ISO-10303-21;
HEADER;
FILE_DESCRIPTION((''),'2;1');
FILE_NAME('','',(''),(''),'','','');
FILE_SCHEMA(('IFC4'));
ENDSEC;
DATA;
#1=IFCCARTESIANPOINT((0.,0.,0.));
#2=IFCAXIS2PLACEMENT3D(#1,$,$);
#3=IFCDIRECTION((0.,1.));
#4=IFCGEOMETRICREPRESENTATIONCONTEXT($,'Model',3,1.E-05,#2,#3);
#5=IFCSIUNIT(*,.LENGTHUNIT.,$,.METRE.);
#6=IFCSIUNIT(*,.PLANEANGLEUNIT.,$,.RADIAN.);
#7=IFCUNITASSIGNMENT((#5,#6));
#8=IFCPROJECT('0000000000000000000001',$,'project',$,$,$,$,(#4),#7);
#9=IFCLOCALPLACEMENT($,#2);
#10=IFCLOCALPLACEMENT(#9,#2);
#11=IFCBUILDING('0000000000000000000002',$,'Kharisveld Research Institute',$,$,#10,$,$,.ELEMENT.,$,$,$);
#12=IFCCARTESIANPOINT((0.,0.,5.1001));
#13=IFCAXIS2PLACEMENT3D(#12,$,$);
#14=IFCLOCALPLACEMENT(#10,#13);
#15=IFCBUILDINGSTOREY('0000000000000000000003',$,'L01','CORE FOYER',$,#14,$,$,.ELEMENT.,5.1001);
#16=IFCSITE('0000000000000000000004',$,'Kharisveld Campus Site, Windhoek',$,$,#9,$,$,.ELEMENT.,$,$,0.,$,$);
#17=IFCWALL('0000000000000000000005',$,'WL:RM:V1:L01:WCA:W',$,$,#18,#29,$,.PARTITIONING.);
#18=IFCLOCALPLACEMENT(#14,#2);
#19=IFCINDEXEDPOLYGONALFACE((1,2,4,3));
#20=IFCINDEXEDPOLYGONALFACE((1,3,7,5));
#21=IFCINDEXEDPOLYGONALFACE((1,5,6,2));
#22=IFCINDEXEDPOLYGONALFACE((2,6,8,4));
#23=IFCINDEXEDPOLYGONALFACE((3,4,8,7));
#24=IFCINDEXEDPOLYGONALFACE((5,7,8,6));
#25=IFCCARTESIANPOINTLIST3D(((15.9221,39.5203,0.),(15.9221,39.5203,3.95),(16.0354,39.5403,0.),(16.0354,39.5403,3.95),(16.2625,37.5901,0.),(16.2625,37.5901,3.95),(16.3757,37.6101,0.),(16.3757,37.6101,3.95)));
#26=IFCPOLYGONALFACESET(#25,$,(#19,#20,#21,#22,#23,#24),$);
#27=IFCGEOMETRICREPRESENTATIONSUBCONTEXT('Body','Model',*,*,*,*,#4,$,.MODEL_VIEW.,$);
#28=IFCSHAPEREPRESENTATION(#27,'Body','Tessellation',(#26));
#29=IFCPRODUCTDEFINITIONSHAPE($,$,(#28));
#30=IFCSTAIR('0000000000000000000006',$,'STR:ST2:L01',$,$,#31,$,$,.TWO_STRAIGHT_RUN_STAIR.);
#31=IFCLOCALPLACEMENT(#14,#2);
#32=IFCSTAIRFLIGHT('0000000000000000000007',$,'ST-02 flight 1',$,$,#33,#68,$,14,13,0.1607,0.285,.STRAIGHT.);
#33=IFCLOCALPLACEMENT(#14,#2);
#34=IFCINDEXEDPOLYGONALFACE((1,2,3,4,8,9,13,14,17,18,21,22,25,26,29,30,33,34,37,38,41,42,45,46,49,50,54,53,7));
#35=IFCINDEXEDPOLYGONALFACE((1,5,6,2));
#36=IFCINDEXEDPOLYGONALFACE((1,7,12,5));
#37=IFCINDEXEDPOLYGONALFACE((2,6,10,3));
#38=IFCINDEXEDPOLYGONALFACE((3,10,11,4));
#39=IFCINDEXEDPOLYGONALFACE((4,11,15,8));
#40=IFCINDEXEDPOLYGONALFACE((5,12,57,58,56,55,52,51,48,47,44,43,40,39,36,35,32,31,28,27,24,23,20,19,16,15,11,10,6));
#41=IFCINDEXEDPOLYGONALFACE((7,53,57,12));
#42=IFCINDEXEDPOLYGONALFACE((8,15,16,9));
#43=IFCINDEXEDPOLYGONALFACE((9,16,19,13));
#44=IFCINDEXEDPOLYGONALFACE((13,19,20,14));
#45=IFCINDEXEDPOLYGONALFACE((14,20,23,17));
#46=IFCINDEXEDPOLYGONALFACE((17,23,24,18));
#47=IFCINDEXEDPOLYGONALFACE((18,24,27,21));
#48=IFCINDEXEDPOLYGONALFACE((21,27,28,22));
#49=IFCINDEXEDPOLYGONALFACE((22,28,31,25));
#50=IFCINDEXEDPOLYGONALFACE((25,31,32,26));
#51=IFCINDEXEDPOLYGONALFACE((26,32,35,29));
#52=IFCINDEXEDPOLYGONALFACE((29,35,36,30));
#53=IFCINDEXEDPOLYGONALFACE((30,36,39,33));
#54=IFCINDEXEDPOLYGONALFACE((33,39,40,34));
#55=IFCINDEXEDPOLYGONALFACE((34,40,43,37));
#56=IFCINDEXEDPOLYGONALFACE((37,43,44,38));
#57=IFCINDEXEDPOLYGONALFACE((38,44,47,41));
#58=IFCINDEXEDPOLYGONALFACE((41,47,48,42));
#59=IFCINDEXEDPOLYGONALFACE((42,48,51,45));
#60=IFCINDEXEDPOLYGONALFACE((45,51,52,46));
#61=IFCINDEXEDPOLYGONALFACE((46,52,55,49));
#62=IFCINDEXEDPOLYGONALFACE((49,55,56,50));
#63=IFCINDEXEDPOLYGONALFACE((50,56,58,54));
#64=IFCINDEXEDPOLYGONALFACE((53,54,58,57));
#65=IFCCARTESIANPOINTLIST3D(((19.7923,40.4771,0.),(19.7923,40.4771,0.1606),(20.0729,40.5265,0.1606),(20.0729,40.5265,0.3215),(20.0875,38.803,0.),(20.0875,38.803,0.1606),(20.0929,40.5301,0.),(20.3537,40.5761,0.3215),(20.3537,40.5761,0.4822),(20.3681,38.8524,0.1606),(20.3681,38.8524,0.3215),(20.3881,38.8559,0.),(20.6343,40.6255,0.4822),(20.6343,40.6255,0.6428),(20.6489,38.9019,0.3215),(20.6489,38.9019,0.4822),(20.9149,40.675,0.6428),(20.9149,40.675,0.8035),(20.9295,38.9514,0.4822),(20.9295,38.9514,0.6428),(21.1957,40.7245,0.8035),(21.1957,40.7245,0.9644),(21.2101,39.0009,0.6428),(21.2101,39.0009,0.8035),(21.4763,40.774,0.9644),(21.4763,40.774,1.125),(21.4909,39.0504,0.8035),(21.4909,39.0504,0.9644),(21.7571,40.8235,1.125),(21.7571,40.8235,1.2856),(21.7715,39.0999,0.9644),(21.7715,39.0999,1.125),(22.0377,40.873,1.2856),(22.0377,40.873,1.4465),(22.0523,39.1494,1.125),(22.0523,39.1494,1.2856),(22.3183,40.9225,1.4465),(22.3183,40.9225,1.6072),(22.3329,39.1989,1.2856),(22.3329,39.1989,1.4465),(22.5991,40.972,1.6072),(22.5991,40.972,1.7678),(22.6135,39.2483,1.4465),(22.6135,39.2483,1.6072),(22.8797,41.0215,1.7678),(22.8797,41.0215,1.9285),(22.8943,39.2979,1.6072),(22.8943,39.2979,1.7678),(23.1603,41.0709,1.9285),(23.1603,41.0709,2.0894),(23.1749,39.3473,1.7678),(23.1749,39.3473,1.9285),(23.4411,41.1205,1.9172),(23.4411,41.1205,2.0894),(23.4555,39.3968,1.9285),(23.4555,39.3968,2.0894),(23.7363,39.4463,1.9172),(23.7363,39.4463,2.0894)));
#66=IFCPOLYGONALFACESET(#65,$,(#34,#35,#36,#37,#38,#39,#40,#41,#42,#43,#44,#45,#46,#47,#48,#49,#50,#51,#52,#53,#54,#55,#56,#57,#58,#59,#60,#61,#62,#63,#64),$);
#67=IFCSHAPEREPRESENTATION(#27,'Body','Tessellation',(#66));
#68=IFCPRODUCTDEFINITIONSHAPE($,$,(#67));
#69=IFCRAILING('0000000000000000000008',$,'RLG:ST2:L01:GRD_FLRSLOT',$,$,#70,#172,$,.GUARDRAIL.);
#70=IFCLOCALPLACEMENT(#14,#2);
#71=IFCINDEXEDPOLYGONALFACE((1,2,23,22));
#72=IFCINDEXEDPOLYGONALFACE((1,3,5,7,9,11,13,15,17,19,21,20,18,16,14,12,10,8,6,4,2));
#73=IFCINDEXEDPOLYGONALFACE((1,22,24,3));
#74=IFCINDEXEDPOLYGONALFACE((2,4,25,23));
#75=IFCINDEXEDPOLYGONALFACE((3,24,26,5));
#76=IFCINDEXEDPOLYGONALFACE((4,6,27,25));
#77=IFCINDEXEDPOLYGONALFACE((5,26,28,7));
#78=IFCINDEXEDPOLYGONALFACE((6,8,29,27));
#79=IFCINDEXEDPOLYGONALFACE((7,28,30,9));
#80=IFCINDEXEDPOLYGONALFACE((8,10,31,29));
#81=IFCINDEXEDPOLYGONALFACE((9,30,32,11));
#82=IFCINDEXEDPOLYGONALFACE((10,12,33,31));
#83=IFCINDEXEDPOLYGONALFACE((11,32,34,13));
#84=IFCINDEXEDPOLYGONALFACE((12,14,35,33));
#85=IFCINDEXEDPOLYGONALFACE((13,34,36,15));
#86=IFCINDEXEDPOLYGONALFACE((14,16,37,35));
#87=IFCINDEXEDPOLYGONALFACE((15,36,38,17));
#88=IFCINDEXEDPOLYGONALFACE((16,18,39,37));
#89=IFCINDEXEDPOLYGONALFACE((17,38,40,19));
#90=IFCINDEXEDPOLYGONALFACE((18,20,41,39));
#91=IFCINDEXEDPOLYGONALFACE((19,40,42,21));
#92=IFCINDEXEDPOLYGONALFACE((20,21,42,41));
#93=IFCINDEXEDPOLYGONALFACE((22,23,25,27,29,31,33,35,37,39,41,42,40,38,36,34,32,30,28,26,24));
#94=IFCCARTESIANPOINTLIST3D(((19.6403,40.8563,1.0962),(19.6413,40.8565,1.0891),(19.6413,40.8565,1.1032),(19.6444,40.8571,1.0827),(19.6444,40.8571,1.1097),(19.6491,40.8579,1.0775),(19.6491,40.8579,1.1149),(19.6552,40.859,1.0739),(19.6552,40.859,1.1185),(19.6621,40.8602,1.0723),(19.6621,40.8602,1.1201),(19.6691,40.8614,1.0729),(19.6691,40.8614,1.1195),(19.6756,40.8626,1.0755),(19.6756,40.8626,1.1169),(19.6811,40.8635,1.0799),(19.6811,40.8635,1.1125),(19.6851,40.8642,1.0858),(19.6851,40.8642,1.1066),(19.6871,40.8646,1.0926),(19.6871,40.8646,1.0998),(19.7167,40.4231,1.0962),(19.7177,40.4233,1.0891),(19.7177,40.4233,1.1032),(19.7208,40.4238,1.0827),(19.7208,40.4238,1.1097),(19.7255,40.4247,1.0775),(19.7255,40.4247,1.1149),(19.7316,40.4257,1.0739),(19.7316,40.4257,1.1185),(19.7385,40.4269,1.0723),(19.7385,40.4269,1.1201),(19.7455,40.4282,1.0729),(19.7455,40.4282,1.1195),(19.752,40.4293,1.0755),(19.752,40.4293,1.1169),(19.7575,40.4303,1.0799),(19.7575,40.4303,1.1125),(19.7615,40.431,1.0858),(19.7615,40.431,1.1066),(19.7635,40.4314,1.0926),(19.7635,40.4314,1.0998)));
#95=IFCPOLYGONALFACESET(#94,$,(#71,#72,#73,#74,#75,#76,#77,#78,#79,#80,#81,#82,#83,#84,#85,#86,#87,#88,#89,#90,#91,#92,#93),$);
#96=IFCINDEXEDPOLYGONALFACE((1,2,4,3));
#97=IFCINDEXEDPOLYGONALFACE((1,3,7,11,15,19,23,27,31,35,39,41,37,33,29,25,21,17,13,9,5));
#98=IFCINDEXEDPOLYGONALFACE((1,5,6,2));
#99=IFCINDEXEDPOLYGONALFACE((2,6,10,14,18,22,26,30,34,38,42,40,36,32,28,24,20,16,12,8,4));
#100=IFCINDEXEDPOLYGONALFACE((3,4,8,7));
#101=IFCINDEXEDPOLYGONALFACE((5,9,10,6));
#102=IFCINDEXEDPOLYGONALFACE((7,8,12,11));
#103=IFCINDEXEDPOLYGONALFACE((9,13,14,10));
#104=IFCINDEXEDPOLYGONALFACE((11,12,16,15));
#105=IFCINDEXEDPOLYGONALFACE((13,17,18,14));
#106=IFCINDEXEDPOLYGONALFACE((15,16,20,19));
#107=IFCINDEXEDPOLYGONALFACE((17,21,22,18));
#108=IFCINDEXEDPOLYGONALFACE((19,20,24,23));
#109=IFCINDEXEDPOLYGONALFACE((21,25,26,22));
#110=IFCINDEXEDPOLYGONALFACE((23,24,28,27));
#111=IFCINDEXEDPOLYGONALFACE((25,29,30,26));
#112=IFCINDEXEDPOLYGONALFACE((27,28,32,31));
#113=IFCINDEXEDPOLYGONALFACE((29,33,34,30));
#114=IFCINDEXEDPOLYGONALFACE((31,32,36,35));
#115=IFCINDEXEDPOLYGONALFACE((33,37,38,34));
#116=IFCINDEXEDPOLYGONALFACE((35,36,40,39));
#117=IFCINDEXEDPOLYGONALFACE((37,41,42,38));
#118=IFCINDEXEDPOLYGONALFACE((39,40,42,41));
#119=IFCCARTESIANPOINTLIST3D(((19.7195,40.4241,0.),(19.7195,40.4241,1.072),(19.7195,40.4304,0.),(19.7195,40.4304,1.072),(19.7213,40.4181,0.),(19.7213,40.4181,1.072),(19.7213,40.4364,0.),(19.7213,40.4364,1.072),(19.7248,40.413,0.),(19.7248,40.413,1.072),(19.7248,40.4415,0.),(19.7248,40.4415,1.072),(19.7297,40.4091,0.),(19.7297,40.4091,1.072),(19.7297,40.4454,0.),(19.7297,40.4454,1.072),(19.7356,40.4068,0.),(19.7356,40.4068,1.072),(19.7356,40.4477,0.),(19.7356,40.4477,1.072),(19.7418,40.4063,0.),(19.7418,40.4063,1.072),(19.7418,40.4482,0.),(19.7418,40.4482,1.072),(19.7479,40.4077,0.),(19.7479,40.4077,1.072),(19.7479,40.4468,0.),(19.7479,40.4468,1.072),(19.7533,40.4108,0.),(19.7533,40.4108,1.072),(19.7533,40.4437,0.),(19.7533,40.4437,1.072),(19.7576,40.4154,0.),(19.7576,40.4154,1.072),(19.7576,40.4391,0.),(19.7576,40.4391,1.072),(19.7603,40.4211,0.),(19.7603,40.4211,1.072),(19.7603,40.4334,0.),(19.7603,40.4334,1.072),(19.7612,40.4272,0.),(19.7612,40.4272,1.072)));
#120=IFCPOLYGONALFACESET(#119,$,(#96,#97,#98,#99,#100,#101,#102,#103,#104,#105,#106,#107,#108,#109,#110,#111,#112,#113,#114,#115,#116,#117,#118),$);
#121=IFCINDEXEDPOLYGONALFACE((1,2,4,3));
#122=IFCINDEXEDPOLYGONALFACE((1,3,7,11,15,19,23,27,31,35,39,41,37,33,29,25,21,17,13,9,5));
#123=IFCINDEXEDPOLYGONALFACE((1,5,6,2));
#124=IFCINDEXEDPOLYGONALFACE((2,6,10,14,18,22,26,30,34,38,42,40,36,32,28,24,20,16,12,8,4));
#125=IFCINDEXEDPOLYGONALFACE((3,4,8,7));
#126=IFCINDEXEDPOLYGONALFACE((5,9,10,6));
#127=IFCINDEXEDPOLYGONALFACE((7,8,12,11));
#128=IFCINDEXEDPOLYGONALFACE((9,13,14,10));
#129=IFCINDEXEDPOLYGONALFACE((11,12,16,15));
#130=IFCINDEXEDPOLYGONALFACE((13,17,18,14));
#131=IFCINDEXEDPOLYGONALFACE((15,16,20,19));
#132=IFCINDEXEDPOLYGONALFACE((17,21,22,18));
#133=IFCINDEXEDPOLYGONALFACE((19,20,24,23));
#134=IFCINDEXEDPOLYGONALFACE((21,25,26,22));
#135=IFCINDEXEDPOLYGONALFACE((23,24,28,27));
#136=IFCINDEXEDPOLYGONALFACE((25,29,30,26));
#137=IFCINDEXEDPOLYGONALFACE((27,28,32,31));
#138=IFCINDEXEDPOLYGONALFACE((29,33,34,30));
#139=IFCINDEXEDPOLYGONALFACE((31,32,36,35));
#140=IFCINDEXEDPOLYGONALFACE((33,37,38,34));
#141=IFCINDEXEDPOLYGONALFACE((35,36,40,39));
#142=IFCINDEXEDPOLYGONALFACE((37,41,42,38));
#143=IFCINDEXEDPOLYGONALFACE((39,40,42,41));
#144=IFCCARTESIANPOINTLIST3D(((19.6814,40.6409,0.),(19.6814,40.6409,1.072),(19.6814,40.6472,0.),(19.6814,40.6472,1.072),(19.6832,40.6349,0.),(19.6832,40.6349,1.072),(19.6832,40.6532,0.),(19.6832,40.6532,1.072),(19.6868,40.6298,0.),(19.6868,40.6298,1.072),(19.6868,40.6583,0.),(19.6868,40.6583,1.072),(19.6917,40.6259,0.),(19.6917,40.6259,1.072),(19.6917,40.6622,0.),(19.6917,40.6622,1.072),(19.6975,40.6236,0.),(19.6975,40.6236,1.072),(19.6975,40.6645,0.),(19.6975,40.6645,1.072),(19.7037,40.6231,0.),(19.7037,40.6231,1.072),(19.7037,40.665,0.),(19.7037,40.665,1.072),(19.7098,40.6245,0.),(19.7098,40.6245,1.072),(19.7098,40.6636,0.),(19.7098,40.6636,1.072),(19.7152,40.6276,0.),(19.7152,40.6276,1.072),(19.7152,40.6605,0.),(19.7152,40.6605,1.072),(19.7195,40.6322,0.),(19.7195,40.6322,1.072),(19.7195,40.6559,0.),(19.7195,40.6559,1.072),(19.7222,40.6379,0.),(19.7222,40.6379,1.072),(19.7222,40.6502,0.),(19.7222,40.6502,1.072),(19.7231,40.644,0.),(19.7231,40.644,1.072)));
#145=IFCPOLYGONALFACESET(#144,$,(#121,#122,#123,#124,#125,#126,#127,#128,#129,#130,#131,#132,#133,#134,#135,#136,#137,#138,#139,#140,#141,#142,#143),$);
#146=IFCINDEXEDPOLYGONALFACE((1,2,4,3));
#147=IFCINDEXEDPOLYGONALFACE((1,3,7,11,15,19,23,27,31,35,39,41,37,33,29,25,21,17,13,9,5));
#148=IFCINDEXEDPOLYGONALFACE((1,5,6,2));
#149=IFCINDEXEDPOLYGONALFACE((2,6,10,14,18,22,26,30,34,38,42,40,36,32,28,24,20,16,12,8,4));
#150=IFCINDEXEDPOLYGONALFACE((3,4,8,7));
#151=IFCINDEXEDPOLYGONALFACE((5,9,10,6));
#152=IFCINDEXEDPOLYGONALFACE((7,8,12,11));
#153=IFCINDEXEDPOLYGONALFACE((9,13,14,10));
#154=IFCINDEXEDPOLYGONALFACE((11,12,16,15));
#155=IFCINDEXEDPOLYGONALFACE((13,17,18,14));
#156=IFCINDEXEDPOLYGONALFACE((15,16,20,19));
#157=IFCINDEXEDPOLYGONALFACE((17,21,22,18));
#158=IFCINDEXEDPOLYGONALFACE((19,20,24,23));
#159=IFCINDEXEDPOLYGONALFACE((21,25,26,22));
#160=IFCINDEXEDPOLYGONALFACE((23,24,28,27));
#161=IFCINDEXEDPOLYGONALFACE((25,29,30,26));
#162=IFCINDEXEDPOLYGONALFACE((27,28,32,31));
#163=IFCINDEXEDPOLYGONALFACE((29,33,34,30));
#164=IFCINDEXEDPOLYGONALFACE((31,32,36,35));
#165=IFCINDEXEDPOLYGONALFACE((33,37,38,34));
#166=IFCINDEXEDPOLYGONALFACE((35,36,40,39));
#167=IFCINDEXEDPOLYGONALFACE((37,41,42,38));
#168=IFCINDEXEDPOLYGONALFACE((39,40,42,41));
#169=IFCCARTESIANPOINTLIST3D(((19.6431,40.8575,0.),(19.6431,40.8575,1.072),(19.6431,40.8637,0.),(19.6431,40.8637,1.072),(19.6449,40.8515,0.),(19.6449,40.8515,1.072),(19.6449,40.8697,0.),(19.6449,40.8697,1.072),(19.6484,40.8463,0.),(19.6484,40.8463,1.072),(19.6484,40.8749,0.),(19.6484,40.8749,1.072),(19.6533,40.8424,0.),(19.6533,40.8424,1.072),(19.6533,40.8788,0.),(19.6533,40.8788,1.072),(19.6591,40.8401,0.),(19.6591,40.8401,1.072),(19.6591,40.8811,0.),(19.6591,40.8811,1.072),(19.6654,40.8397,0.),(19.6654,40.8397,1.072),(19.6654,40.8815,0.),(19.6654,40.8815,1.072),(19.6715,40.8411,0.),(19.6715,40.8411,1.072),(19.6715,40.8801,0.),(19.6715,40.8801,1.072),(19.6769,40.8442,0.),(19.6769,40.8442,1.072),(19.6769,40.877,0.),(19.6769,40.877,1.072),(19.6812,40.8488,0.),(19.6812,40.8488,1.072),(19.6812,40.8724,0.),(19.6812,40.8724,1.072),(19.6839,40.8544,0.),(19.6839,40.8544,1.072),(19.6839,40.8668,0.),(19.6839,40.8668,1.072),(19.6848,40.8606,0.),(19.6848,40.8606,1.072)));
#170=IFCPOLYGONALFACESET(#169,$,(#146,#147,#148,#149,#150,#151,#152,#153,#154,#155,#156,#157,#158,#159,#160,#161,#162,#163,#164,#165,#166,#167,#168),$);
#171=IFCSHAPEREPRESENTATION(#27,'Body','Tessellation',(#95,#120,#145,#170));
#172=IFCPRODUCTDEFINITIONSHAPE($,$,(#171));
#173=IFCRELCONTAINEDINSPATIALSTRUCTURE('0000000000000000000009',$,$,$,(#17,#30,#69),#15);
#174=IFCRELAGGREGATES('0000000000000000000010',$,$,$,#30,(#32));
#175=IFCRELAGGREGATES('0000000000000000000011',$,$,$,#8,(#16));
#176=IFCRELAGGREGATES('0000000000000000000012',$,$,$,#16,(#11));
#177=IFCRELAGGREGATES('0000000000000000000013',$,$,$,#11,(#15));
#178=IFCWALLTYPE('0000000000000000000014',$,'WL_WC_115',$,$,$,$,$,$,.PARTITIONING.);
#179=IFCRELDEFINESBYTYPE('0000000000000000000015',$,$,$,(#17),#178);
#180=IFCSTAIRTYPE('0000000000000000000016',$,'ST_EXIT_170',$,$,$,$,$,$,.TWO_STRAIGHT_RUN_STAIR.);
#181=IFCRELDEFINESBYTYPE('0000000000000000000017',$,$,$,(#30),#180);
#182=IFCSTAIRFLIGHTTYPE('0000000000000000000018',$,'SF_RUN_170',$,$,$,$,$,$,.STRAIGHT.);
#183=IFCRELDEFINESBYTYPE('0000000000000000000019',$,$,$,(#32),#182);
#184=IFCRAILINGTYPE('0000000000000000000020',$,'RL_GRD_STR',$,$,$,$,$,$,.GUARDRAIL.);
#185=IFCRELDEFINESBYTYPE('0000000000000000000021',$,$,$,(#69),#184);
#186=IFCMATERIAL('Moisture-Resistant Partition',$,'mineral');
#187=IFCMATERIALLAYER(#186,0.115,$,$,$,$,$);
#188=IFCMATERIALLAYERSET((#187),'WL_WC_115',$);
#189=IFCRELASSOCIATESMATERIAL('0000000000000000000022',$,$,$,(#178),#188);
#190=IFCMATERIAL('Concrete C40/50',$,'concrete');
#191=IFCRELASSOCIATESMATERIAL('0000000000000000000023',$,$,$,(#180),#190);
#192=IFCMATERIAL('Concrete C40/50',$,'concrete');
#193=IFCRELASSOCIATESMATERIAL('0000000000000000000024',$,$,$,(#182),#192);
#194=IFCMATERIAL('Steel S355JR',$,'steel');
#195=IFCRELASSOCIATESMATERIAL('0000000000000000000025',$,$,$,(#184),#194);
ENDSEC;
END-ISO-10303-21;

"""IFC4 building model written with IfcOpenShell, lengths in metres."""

from ifc_helpers import new_model, si_unit, direction, frame, frame_2d, origin, origin_2d, place, context, subcontext, project, spatial, polyline, rectangle, circle, outline, extrude, material, layer, layer_set, type_object, element, aggregate, save


model = new_model("IFC4")

# Units and contexts
model_context = context("Model", 3, precision=1e-05, world=origin(), true_north=direction((0.0, 1.0)))
body_context = subcontext(model_context, "Body", "Model", "MODEL_VIEW")
ifc_project = project(units=[si_unit("LENGTHUNIT", "METRE"), si_unit("PLANEANGLEUNIT", "RADIAN")], contexts=[model_context])

# Site, building, storey
site_placement = place(None, origin())
site = spatial("IfcSite", under=ifc_project, at=site_placement, Name="Kharisveld Campus Site, Windhoek", CompositionType="ELEMENT", RefElevation=0.0)
building_placement = place(site_placement, origin())
building = spatial("IfcBuilding", under=site, at=building_placement, Name="Kharisveld Research Institute", CompositionType="ELEMENT")
storey_placement = place(building_placement, frame((0.0, 0.0, 5.1001)))
storey = spatial("IfcBuildingStorey", under=building, at=storey_placement, Name="L01", Description="CORE FOYER", CompositionType="ELEMENT", Elevation=5.1001)

# Shared definitions
ifc_material_1 = material(Name="Moisture-Resistant Partition", Category="mineral")
ifc_layer_1 = layer(ifc_material_1, 0.115)
ifc_layer_set_1 = layer_set([ifc_layer_1], Name="WL_WC_115")
wall_type_1 = type_object("IfcWallType", Name="WL_WC_115", PredefinedType="PARTITIONING", material=ifc_layer_set_1)

# Wall
wall_1_placement = place(storey_placement, frame((15.9788, 39.5303, 0.0), z_axis=(0.0, 0.0, 1.0), x_axis=(0.173643, -0.984809, 0.0)))
element("IfcWall", 1, at=wall_1_placement, inside=storey, type_object=wall_type_1, Name="WL:RM:V1:L01:WCA:W", PredefinedType="PARTITIONING", context=body_context, shape_type="SweptSolid", body=[
    extrude(rectangle(XDim=1.96, YDim=0.115, at=frame_2d((0.98, 0.0))), origin(), (0.0, 0.0, 1.0), 3.95),
])

# Stair, stair flight
ifc_material_2 = material(Name="Concrete C40/50", Category="concrete")
stair_type = type_object("IfcStairType", Name="ST_EXIT_170", PredefinedType="TWO_STRAIGHT_RUN_STAIR", material=ifc_material_2)
stair_placement = place(storey_placement, origin())
stair = element("IfcStair", 2, at=stair_placement, inside=storey, type_object=stair_type, Name="STR:ST2:L01", PredefinedType="TWO_STRAIGHT_RUN_STAIR")
ifc_material_3 = material(Name="Concrete C40/50", Category="concrete")
stair_flight_type = type_object("IfcStairFlightType", Name="SF_RUN_170", PredefinedType="STRAIGHT", material=ifc_material_3)
stair_flight_placement = place(storey_placement, frame((19.9399, 39.6399, 0.0), z_axis=(0.0, 0.0, 1.0), x_axis=(0.984808, 0.173648, 0.0)))
stair_flight = element("IfcStairFlight", 3, at=stair_flight_placement, type_object=stair_flight_type, Name="ST-02 flight 1", NumberOfRisers=14, NumberOfTreads=13, PredefinedType="STRAIGHT", RiserHeight=0.1607, TreadLength=0.285, context=body_context, shape_type="SweptSolid", body=[
    extrude(outline(polyline([(0.0, 0.0), (0.0, 0.1606), (0.2849, 0.1606), (0.2849, 0.3215), (0.5701, 0.3215), (0.5701, 0.4822), (0.855, 0.4822), (0.855, 0.6428), (1.1399, 0.6428), (1.1399, 0.8035), (1.425, 0.8035), (1.425, 0.9644), (1.71, 0.9644), (1.71, 1.125), (1.9951, 1.125), (1.9951, 1.2856), (2.28, 1.2856), (2.28, 1.4465), (2.5649, 1.4465), (2.5649, 1.6072), (2.8501, 1.6072), (2.8501, 1.7678), (3.135, 1.7678), (3.135, 1.9285), (3.4199, 1.9285), (3.4199, 2.0894), (3.7051, 2.0894), (3.7051, 2.25), (3.7051, 1.9172), (0.3052, 0.0), (0.0, 0.0)])), frame((0.0, 0.8501, 0.0), z_axis=(0.0, -1.0, 0.0), x_axis=(1.0, 0.0, 0.0)), (0.0, 0.0, 1.0), 1.7),
])
aggregate(stair, [stair_flight])

# Railing
ifc_material_4 = material(Name="Steel S355JR", Category="steel")
railing_type = type_object("IfcRailingType", Name="RL_GRD_STR", PredefinedType="GUARDRAIL", material=ifc_material_4)
railing_1_placement = place(storey_placement, frame((19.7402, 40.4272, 0.0)))
element("IfcRailing", 4, at=railing_1_placement, inside=storey, type_object=railing_type, Name="RLG:ST2:L01:GRD_FLRSLOT", PredefinedType="GUARDRAIL", context=body_context, shape_type="SweptSolid", body=[
    extrude(circle(Radius=0.0239, at=origin_2d()), frame((0.0, 0.0, 1.0962), z_axis=(-0.173659, 0.984806, 0.0), x_axis=(-0.984806, -0.173659, 0.0)), (0.0, 0.0, 1.0), 0.4399),
    extrude(circle(Radius=0.021, at=origin_2d()), origin(), (0.0, 0.0, 1.0), 1.072),
    extrude(circle(Radius=0.021, at=origin_2d()), frame((-0.0381, 0.2168, 0.0)), (0.0, 0.0, 1.0), 1.072),
    extrude(circle(Radius=0.021, at=origin_2d()), frame((-0.0764, 0.4333, 0.0)), (0.0, 0.0, 1.0), 1.072),
])

save(model, "model.ifc")
